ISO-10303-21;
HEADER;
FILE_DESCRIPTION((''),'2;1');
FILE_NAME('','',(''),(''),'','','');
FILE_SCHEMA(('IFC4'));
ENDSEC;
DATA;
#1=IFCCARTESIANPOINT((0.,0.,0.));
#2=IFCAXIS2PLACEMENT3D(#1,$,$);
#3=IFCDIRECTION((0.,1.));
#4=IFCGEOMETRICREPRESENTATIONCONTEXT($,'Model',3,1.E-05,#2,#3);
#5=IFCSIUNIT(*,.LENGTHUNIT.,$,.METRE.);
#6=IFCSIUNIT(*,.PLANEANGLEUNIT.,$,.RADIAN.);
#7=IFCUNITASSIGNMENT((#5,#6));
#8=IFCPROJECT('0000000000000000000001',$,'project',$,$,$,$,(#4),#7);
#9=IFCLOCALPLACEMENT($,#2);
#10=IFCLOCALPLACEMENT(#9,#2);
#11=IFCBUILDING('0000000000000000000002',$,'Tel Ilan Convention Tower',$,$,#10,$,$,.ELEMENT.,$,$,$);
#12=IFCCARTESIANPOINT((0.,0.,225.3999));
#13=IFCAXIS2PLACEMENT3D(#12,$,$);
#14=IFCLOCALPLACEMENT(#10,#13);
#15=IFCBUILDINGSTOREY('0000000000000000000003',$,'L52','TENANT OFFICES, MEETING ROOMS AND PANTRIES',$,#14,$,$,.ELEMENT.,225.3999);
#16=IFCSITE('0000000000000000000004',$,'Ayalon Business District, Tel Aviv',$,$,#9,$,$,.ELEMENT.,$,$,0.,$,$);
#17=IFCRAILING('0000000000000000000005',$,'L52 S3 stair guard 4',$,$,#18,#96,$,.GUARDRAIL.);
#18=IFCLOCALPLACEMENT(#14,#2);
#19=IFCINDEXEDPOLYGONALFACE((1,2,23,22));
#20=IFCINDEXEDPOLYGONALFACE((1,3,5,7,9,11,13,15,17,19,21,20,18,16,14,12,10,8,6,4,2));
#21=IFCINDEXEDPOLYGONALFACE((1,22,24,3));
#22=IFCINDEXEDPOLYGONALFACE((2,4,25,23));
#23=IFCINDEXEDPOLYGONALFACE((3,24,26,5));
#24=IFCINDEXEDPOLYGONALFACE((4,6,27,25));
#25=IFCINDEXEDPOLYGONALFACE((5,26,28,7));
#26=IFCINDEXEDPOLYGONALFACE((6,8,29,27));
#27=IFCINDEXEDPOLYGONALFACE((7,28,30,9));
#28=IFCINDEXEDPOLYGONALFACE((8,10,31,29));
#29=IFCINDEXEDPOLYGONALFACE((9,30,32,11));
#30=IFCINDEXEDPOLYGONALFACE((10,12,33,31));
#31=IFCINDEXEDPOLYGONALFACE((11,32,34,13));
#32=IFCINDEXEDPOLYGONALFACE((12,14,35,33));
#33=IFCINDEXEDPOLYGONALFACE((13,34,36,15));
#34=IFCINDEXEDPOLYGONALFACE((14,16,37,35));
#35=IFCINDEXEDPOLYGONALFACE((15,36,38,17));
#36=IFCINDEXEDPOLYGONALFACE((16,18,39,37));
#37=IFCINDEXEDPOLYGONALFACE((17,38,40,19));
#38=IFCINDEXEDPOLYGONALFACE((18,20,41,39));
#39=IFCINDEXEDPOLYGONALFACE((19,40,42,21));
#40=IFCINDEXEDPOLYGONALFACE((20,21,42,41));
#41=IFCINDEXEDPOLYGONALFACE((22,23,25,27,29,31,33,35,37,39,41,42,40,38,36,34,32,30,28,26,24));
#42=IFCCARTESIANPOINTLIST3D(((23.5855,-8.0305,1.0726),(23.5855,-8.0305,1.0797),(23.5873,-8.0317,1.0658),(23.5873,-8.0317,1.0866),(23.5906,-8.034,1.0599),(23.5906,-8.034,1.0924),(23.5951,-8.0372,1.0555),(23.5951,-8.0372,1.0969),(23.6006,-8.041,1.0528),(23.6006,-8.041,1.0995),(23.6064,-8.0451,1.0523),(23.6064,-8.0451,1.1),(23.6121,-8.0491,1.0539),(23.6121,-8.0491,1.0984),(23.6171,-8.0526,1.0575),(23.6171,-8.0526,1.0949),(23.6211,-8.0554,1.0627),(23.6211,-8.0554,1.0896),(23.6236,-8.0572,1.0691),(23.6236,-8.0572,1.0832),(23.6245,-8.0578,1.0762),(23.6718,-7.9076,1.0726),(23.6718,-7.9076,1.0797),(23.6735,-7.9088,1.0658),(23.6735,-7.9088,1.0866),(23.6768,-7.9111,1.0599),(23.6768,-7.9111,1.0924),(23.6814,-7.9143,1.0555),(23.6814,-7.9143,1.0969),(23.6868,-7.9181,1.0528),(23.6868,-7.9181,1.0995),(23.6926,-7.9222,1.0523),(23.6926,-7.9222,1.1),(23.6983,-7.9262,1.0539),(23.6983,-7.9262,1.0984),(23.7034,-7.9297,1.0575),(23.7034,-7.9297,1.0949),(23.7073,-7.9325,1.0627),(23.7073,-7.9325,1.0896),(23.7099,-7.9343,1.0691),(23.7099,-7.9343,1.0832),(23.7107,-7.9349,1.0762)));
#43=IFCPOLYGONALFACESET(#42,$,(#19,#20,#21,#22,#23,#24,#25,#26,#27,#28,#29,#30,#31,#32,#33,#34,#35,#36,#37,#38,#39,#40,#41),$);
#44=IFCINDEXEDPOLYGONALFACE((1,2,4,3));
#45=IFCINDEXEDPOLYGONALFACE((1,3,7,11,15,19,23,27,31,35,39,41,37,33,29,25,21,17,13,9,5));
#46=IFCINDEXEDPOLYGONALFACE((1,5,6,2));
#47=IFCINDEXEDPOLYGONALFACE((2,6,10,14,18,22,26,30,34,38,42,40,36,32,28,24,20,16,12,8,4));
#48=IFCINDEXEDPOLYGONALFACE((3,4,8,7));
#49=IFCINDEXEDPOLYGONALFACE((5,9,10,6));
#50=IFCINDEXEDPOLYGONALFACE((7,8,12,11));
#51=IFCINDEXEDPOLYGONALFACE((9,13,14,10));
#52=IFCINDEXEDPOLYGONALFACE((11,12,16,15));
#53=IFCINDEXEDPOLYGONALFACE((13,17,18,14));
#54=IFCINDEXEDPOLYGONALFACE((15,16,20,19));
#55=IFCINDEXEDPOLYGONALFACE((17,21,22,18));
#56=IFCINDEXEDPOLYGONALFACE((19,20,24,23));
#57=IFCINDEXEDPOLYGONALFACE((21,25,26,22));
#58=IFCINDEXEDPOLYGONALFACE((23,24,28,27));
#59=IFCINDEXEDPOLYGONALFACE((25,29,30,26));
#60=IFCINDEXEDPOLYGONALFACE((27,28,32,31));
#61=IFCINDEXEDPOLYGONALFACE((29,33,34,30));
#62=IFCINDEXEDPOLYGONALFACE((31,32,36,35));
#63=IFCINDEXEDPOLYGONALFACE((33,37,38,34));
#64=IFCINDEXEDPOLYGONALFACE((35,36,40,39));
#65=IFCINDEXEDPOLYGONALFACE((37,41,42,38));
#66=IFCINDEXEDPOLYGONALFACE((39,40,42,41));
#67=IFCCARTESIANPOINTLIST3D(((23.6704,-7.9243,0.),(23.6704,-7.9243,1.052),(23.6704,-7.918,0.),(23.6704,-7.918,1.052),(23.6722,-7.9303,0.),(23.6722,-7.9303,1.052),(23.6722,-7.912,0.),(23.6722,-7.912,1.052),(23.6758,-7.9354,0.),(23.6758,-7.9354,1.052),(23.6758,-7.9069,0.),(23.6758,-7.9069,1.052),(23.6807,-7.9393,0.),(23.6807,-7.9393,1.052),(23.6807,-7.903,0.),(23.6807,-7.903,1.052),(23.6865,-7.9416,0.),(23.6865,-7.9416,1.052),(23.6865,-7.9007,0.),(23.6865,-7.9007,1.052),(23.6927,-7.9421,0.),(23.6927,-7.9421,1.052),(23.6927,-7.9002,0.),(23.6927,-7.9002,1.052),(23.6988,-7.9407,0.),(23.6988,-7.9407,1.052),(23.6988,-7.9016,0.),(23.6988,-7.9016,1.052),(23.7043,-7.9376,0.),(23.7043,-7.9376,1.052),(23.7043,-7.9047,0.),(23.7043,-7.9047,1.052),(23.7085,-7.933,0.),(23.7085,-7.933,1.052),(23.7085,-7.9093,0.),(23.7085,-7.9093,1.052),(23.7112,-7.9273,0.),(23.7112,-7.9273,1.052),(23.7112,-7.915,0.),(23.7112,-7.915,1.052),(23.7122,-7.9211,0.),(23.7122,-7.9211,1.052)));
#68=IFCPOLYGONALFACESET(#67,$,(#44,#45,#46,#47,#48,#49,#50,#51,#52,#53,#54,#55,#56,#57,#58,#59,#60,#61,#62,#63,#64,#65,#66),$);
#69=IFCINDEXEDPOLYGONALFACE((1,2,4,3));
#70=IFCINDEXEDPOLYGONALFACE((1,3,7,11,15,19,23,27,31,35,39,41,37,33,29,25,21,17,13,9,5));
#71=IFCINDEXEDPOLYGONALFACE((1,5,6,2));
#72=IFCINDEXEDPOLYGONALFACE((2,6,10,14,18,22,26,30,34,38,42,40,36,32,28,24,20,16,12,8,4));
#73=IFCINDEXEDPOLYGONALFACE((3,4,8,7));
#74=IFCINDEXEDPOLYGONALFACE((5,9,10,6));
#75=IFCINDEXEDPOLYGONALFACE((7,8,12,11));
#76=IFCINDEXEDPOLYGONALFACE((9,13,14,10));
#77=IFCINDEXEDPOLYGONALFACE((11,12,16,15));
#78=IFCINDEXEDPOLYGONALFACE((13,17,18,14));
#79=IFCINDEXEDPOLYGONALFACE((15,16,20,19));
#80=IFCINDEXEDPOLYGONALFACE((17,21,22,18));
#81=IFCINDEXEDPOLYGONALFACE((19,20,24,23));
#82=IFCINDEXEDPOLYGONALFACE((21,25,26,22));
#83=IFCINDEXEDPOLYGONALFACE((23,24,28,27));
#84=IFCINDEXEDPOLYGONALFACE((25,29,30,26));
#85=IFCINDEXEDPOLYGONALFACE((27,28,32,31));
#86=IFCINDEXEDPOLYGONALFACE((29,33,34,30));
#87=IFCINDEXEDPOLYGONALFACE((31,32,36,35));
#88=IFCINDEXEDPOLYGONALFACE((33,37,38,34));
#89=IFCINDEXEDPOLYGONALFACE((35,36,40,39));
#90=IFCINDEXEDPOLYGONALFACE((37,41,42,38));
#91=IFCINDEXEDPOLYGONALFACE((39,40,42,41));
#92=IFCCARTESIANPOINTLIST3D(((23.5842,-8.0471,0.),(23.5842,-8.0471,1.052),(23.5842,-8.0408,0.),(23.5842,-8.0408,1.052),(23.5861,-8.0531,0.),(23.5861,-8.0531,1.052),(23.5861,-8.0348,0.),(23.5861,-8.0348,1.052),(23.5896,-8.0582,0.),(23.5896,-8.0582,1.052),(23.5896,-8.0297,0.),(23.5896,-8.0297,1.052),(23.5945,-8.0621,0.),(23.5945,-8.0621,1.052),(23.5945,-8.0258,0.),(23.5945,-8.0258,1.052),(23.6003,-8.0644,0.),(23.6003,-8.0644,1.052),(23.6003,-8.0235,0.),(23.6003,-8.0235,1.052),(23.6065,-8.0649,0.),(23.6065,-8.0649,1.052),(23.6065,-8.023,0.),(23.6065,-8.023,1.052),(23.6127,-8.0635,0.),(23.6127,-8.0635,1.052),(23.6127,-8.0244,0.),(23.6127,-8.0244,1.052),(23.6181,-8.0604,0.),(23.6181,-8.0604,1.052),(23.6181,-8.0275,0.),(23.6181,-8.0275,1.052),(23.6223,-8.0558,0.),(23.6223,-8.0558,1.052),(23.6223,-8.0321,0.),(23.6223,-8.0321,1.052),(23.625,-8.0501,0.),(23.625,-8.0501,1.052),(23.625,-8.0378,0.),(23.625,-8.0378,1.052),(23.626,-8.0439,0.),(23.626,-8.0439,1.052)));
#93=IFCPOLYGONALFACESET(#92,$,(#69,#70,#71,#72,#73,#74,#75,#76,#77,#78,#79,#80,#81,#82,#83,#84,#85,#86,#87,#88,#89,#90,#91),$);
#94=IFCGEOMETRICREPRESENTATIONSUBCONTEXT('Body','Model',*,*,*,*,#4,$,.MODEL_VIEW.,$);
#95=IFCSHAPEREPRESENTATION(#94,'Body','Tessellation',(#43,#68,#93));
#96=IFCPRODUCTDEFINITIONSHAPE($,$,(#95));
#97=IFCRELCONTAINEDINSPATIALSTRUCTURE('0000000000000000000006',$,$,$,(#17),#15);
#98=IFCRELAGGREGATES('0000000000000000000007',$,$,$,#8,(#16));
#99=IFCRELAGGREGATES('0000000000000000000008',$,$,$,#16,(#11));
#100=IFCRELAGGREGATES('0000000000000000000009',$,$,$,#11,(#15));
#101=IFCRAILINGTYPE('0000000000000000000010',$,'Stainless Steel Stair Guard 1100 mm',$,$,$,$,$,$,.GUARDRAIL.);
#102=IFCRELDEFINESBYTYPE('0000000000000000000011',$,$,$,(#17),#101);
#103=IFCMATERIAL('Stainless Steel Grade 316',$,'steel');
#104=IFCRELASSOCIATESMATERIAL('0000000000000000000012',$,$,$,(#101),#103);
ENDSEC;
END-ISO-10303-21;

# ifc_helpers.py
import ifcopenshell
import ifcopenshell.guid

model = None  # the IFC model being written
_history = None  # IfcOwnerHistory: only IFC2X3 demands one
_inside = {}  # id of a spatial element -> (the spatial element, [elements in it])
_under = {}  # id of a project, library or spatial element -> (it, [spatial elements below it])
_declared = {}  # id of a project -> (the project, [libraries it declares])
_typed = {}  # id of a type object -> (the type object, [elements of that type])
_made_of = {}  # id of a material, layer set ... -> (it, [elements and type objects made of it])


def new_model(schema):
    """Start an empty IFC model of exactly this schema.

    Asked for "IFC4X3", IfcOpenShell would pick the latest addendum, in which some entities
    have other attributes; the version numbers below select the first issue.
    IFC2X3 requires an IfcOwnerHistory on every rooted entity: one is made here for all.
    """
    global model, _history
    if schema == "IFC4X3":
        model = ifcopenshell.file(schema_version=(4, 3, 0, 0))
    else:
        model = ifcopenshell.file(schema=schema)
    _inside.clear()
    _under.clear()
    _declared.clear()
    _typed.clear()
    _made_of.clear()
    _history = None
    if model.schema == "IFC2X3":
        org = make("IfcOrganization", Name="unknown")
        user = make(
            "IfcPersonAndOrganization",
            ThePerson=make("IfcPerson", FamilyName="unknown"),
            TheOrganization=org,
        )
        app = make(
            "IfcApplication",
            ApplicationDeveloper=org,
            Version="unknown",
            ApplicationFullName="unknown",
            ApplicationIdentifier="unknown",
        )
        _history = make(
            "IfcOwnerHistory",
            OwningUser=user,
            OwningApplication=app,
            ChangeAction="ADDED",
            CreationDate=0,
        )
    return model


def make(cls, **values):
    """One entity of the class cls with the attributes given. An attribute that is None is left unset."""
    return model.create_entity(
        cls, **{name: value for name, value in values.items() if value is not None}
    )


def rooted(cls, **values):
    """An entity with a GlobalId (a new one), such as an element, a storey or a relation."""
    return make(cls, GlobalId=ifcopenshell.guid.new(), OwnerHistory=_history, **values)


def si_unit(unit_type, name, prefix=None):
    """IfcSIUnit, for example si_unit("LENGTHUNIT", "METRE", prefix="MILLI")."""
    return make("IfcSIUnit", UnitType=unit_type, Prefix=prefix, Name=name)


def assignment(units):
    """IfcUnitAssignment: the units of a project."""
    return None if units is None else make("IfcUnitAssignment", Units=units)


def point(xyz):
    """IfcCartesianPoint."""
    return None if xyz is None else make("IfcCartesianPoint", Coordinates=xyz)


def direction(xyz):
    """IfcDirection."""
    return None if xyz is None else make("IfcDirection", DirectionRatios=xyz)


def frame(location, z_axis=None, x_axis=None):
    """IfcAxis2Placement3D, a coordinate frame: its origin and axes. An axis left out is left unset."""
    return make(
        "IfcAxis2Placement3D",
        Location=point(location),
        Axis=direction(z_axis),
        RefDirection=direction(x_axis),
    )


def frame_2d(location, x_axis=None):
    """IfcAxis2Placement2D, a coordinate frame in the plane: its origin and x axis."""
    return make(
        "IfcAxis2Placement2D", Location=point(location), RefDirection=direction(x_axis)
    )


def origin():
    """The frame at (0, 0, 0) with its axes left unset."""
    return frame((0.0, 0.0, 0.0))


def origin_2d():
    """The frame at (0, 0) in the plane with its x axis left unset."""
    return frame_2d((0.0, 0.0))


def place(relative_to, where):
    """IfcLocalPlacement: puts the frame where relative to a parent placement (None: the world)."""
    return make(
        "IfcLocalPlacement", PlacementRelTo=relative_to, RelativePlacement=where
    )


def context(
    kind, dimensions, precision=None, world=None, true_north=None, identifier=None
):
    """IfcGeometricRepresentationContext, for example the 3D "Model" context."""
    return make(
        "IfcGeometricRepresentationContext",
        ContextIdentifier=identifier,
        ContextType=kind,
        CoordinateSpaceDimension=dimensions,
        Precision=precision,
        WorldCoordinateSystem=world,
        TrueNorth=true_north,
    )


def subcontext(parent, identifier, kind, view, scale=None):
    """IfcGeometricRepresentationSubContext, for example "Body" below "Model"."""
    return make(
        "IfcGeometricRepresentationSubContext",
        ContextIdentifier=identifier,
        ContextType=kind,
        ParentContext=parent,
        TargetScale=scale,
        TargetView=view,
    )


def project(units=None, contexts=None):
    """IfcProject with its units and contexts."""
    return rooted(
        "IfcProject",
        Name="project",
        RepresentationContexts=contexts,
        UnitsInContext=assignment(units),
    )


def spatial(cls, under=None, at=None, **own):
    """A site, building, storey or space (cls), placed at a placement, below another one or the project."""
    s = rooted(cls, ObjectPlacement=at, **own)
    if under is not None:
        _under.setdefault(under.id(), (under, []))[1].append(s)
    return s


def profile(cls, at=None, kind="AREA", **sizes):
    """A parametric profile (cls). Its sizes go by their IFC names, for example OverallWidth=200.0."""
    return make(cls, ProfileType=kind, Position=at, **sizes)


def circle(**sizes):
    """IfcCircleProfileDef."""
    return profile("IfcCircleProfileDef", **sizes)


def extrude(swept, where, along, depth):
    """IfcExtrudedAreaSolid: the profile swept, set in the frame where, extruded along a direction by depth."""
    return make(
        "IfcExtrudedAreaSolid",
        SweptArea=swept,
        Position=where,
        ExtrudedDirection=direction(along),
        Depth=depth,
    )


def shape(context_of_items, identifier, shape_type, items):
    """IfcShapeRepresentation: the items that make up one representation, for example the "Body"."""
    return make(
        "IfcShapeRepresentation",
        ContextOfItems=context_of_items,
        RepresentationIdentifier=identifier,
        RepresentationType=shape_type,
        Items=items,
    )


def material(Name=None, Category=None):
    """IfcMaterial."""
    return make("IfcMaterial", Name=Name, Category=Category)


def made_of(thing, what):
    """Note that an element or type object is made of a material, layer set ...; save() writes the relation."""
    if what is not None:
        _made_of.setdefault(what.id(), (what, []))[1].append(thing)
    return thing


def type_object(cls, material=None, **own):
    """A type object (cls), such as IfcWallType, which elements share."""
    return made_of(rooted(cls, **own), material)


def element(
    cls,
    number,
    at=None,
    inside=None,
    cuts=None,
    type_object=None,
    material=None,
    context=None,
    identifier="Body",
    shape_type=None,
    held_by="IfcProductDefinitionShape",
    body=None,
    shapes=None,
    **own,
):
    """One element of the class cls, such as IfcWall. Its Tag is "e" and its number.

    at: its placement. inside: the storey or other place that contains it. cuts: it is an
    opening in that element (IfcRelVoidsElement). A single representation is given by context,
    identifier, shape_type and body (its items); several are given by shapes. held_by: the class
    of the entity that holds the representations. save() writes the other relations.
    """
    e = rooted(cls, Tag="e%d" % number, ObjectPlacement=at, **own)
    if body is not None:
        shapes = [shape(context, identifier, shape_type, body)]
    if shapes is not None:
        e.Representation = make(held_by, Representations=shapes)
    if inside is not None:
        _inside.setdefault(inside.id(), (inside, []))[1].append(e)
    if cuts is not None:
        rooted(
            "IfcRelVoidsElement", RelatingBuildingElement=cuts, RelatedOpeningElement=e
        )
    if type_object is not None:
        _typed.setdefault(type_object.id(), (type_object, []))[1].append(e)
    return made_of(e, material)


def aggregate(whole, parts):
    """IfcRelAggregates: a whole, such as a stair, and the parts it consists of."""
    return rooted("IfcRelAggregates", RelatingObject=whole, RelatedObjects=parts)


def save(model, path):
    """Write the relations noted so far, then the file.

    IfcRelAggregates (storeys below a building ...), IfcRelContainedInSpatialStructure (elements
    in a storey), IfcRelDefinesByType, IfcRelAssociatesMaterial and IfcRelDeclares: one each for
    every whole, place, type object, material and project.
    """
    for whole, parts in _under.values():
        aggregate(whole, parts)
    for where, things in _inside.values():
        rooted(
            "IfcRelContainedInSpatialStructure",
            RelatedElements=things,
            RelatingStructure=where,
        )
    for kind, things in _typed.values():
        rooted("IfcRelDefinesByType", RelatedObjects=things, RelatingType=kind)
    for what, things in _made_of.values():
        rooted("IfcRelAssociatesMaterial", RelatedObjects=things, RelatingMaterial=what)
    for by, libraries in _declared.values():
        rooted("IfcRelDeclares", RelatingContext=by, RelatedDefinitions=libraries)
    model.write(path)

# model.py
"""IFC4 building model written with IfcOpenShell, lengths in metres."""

from ifc_helpers import new_model, si_unit, direction, frame, origin, origin_2d, place, context, subcontext, project, spatial, circle, extrude, material, type_object, element, save


model = new_model("IFC4")

# Units and contexts
model_context = context("Model", 3, precision=1e-05, world=origin(), true_north=direction((0.0, 1.0)))
body_context = subcontext(model_context, "Body", "Model", "MODEL_VIEW")
ifc_project = project(units=[si_unit("LENGTHUNIT", "METRE"), si_unit("PLANEANGLEUNIT", "RADIAN")], contexts=[model_context])

# Site, building, storey
site_placement = place(None, origin())
site = spatial("IfcSite", under=ifc_project, at=site_placement, Name="Ayalon Business District, Tel Aviv", CompositionType="ELEMENT", RefElevation=0.0)
building_placement = place(site_placement, origin())
building = spatial("IfcBuilding", under=site, at=building_placement, Name="Tel Ilan Convention Tower", CompositionType="ELEMENT")
storey_placement = place(building_placement, frame((0.0, 0.0, 225.3999)))
storey = spatial("IfcBuildingStorey", under=building, at=storey_placement, Name="L52", Description="TENANT OFFICES, MEETING ROOMS AND PANTRIES", CompositionType="ELEMENT", Elevation=225.3999)

# Railing
ifc_material_1 = material(Name="Stainless Steel Grade 316", Category="steel")
railing_type_1 = type_object("IfcRailingType", Name="Stainless Steel Stair Guard 1100 mm", PredefinedType="GUARDRAIL", material=ifc_material_1)
railing_1_placement = place(storey_placement, frame((23.6912, -7.9211, 0.0)))
element("IfcRailing", 1, at=railing_1_placement, inside=storey, type_object=railing_type_1, Name="L52 S3 stair guard 4", PredefinedType="GUARDRAIL", context=body_context, shape_type="SweptSolid", body=[
    extrude(circle(Radius=0.0239, at=origin_2d()), frame((0.0, 0.0, 1.0762), z_axis=(-0.574445, -0.818543, 0.0), x_axis=(0.818543, -0.574445, 0.0)), (0.0, 0.0, 1.0), 0.1501),
    extrude(circle(Radius=0.021, at=origin_2d()), origin(), (0.0, 0.0, 1.0), 1.052),
    extrude(circle(Radius=0.021, at=origin_2d()), frame((-0.0862, -0.1228, 0.0)), (0.0, 0.0, 1.0), 1.052),
])

save(model, "model.ifc")
